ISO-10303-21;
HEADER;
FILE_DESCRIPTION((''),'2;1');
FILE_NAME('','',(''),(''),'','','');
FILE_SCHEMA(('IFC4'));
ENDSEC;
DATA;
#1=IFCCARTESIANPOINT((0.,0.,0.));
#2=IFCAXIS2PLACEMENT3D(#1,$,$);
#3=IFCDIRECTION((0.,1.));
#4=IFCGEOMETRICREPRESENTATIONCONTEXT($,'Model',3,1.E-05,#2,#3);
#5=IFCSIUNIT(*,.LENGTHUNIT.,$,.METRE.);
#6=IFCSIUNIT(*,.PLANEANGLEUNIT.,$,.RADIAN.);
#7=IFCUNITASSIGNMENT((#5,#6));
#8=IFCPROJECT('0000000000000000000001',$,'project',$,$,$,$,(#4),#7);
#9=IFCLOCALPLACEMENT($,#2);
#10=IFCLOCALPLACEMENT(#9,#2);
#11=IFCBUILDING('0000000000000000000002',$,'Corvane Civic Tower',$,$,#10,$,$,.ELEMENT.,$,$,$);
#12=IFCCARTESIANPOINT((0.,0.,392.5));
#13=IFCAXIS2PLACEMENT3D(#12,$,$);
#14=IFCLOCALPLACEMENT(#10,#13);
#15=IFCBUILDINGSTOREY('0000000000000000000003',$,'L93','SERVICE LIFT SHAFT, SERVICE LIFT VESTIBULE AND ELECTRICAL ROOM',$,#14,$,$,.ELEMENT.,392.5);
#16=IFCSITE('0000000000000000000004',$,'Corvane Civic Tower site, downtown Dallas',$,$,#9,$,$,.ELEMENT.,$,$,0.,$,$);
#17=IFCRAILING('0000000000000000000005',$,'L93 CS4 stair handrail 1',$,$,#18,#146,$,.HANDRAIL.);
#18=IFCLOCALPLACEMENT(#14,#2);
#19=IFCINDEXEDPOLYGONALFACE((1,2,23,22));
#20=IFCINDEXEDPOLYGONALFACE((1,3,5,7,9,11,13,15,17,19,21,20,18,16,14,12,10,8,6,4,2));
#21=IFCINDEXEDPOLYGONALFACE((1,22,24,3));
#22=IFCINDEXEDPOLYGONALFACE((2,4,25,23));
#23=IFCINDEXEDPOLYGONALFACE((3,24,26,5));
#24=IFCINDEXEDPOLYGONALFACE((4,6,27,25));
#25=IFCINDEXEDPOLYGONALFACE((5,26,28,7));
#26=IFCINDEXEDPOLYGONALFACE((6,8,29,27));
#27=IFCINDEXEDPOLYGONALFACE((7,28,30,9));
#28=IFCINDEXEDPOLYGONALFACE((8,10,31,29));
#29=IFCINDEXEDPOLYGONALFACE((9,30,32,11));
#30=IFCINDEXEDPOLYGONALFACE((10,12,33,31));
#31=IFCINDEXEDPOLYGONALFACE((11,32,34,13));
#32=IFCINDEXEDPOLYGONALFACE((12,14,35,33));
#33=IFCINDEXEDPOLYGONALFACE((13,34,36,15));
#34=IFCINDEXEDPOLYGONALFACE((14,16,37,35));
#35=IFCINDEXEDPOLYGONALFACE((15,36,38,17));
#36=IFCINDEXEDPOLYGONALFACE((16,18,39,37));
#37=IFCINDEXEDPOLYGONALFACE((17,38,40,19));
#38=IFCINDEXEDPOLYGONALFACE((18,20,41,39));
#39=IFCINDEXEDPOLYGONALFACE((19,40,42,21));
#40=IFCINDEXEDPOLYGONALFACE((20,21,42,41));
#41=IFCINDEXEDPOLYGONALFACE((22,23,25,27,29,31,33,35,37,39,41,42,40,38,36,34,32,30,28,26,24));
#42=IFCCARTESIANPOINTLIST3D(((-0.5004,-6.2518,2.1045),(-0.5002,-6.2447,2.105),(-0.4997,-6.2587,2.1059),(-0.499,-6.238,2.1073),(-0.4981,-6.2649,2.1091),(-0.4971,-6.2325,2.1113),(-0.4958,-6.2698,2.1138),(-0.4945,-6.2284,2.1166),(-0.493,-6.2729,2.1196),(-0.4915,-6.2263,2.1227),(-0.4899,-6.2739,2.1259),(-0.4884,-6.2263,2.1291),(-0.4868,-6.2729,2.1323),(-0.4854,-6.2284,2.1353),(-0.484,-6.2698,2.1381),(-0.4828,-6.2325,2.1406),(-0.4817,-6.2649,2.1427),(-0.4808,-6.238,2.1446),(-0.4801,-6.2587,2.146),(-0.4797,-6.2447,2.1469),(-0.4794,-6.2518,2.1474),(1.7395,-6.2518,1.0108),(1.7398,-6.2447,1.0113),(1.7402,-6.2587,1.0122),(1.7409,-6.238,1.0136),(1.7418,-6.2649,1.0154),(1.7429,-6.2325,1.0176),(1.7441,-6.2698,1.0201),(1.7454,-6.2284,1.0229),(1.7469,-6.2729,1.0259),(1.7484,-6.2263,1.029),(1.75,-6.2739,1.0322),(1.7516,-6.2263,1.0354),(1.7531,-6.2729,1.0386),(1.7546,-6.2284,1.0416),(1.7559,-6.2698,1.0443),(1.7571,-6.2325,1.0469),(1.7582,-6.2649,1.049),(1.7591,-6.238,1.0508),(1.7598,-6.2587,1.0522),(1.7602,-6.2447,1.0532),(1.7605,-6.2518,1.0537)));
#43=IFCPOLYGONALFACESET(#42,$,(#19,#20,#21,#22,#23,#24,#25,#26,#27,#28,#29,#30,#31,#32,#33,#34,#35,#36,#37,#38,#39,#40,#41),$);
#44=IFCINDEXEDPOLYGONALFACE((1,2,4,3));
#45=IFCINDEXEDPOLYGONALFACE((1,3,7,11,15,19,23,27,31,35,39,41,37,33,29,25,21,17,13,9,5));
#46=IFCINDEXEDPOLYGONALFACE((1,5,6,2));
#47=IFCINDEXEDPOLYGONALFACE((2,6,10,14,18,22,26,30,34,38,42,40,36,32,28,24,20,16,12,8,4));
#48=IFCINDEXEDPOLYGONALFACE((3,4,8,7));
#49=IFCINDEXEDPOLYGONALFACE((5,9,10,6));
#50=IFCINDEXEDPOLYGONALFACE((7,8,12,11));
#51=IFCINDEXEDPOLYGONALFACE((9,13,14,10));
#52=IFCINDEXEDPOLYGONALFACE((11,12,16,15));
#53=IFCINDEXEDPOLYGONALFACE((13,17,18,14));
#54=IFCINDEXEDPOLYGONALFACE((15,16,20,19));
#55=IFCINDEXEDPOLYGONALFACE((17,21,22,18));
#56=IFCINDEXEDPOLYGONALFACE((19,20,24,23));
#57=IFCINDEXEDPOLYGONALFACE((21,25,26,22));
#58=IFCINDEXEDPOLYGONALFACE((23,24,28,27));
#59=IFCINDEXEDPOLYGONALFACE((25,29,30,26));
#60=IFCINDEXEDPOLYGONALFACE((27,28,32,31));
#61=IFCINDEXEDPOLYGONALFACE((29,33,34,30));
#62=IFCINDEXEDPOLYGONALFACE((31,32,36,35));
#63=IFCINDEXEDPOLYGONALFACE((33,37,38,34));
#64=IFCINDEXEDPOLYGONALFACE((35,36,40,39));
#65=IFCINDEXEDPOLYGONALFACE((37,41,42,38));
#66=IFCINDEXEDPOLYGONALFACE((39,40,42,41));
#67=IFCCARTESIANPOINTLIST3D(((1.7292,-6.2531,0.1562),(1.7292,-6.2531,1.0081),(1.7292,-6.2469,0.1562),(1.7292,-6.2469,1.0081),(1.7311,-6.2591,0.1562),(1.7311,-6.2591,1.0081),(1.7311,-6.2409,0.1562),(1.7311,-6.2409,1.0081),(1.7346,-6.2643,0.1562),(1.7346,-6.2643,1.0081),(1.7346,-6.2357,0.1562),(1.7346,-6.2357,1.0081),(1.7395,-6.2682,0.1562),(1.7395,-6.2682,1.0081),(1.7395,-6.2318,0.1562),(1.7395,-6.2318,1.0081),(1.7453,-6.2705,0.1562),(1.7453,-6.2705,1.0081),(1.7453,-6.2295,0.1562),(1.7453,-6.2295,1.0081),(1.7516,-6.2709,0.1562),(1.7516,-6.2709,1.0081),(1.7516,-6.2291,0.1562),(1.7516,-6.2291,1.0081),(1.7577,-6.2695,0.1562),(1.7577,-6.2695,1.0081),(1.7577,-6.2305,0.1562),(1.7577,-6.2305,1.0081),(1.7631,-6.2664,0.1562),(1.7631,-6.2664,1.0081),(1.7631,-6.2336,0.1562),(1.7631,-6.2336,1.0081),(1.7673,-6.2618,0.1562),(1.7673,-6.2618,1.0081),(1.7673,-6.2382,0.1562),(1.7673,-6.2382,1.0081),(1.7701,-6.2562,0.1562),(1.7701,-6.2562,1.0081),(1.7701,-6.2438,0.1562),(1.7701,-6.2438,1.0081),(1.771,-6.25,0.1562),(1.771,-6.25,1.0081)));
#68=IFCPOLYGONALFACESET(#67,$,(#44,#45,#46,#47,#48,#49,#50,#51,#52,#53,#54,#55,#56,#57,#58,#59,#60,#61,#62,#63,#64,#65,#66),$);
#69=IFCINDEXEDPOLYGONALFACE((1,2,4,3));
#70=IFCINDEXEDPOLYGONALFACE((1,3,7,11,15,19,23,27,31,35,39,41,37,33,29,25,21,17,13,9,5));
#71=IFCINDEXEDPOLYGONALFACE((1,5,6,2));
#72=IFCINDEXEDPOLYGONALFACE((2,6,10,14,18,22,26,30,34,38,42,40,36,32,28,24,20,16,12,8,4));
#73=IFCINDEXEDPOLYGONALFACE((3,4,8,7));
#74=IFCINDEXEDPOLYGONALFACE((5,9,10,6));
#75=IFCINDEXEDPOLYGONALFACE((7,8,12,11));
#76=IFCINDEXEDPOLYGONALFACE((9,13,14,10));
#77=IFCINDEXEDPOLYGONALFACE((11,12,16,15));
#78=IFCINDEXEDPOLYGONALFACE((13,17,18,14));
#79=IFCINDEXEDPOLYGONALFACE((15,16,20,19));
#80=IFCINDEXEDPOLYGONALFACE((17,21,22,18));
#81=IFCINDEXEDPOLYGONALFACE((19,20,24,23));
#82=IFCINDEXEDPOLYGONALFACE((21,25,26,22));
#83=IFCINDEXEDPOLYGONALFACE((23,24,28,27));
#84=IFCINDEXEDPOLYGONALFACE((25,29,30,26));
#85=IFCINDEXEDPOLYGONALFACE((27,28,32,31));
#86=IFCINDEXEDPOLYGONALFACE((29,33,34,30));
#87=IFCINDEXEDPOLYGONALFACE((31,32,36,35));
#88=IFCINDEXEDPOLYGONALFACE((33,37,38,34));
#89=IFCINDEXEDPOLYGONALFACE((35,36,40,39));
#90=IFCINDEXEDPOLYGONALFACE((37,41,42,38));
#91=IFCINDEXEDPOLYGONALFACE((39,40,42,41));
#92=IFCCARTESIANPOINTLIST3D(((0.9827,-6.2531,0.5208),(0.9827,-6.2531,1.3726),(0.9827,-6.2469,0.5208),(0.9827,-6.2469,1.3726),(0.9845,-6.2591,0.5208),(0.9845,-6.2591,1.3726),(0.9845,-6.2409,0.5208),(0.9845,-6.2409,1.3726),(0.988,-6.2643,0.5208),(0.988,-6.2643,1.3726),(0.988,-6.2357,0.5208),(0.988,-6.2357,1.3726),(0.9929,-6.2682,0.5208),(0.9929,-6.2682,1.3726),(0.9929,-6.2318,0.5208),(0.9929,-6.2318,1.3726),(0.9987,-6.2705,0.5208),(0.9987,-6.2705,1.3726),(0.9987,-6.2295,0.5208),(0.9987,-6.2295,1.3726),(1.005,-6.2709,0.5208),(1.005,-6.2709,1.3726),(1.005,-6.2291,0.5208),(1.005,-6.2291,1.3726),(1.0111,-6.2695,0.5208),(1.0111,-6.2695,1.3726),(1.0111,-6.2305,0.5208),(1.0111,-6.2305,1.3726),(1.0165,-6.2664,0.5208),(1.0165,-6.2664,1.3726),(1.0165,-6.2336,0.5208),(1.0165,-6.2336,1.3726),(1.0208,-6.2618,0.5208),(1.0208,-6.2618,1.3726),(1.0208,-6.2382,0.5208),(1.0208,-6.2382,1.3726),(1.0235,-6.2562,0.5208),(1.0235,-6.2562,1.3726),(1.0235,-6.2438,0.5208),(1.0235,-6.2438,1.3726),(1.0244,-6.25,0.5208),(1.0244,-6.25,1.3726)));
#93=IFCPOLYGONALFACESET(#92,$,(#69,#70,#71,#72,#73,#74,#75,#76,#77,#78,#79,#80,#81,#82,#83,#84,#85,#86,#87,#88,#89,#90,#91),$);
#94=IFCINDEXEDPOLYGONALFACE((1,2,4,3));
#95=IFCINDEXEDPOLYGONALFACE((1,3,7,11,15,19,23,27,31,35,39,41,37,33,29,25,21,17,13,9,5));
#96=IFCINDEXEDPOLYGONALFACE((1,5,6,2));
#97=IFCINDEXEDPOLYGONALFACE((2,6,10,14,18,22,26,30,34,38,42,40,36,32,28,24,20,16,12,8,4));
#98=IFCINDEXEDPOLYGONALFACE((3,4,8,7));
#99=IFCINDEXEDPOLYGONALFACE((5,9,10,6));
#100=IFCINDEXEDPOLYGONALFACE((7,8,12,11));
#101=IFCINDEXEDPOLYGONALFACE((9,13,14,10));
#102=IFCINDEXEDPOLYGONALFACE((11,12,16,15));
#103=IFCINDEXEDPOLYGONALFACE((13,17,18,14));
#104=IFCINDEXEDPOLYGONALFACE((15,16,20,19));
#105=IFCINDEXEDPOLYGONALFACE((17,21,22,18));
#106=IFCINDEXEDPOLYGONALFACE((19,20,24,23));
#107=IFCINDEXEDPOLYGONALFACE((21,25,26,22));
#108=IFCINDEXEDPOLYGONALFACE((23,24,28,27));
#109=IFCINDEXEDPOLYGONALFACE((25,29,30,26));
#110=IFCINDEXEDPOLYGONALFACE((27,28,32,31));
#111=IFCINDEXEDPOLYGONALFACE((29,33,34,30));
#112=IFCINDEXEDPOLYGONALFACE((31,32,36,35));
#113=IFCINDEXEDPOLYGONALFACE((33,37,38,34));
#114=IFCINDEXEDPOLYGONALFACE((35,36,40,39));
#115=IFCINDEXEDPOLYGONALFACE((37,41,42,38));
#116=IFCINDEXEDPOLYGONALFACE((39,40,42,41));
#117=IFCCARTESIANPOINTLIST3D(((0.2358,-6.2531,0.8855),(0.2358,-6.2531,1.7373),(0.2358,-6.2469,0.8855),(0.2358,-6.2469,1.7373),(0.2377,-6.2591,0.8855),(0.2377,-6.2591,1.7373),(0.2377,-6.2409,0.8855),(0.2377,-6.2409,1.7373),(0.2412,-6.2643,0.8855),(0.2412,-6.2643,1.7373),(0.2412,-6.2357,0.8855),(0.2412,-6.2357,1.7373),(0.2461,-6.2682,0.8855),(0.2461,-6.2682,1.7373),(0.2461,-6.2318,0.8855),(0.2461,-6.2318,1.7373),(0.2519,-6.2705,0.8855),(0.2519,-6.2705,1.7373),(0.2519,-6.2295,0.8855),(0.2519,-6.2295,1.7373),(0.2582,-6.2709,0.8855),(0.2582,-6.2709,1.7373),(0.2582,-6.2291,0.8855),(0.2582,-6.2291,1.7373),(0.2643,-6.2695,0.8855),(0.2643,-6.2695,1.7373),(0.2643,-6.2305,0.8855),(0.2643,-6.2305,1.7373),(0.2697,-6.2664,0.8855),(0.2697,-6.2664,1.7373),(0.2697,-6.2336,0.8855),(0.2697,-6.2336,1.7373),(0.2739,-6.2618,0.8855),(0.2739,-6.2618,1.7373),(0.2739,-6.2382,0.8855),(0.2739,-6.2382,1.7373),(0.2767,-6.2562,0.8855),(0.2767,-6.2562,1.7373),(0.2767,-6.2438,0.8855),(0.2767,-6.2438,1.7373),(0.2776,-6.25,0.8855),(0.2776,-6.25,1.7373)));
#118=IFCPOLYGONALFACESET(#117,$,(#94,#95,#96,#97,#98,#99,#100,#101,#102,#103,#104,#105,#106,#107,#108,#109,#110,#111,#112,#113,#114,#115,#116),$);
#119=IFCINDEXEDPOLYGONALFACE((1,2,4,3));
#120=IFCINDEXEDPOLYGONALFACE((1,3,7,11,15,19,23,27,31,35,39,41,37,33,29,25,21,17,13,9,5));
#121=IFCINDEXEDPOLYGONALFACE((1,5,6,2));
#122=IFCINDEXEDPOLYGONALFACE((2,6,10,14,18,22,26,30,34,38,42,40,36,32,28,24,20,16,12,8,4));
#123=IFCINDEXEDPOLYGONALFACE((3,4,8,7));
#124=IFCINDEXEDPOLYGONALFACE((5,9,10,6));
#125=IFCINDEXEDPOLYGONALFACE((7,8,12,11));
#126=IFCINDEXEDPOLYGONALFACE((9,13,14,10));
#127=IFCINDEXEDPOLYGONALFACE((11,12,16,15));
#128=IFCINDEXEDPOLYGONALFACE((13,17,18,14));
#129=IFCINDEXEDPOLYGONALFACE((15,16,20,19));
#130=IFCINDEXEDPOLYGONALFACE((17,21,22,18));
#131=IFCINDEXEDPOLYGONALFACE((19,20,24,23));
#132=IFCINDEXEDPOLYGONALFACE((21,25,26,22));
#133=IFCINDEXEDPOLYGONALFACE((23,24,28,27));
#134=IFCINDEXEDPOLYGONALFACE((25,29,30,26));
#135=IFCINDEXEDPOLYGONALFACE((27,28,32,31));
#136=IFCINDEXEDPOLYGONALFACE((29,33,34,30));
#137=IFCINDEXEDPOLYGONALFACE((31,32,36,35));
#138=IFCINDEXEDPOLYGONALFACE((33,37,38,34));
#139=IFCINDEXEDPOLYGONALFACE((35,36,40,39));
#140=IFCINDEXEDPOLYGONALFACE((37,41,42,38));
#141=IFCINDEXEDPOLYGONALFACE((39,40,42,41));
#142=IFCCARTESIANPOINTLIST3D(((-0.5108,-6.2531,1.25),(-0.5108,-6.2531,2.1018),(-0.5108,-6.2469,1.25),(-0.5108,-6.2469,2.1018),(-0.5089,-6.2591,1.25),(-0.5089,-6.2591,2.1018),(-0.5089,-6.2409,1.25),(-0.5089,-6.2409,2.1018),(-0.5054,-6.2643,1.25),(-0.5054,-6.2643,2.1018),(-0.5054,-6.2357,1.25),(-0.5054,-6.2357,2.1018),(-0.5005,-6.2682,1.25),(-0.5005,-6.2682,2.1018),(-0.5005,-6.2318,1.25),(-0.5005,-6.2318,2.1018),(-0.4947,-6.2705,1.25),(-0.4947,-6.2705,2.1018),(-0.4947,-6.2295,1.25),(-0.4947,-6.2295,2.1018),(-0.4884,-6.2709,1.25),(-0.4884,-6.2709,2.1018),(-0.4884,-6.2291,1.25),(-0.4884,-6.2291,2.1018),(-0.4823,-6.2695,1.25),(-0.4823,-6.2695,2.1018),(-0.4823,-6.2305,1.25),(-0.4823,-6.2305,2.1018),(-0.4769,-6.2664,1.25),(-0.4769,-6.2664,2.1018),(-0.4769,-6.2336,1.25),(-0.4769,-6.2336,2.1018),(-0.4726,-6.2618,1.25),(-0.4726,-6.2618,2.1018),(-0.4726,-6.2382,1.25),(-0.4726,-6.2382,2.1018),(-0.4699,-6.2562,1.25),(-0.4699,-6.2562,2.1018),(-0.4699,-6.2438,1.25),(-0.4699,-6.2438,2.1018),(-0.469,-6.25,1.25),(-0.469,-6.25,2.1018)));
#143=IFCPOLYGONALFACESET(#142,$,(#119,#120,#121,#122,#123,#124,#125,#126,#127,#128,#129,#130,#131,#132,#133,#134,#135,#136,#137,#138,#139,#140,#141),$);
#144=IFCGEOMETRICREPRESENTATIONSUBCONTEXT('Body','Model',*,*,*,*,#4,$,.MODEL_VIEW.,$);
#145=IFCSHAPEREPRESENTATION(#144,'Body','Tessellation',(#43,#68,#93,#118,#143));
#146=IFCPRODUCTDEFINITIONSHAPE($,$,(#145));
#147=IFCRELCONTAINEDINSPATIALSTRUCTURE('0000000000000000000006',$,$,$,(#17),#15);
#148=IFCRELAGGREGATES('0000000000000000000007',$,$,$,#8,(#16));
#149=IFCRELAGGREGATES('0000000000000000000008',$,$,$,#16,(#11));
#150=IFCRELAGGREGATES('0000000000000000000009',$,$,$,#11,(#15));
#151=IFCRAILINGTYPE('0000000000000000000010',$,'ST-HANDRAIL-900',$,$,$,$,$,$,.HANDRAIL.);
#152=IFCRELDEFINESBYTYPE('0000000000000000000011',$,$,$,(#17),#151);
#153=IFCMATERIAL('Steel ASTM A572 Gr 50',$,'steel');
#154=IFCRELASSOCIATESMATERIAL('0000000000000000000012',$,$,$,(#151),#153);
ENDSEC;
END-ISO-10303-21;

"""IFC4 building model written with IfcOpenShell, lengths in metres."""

from ifc_helpers import new_model, si_unit, direction, frame, origin, origin_2d, place, context, subcontext, project, spatial, circle, extrude, material, type_object, element, save


model = new_model("IFC4")

# Units and contexts
model_context = context("Model", 3, precision=1e-05, world=origin(), true_north=direction((0.0, 1.0)))
body_context = subcontext(model_context, "Body", "Model", "MODEL_VIEW")
ifc_project = project(units=[si_unit("LENGTHUNIT", "METRE"), si_unit("PLANEANGLEUNIT", "RADIAN")], contexts=[model_context])

# Site, building, storey
site_placement = place(None, origin())
site = spatial("IfcSite", under=ifc_project, at=site_placement, Name="Corvane Civic Tower site, downtown Dallas", CompositionType="ELEMENT", RefElevation=0.0)
building_placement = place(site_placement, origin())
building = spatial("IfcBuilding", under=site, at=building_placement, Name="Corvane Civic Tower", CompositionType="ELEMENT")
storey_placement = place(building_placement, frame((0.0, 0.0, 392.5)))
storey = spatial("IfcBuildingStorey", under=building, at=storey_placement, Name="L93", Description="SERVICE LIFT SHAFT, SERVICE LIFT VESTIBULE AND ELECTRICAL ROOM", CompositionType="ELEMENT", Elevation=392.5)

# Railing
ifc_material_1 = material(Name="Steel ASTM A572 Gr 50", Category="steel")
railing_type_1 = type_object("IfcRailingType", Name="ST-HANDRAIL-900", PredefinedType="HANDRAIL", material=ifc_material_1)
for number, where, name in (
    (1, (1.75, -6.25, 0.1562), "L93 CS4 stair handrail 1"),
):
    element("IfcRailing", number, at=place(storey_placement, frame(where)), inside=storey, type_object=railing_type_1, Name=name, PredefinedType="HANDRAIL", context=body_context, shape_type="SweptSolid", body=[
        extrude(circle(Radius=0.0239, at=origin_2d()), frame((0.0, 0.0, 0.876), z_axis=(-0.898599, 0.0, 0.438771), x_axis=(0.0, -1.0, 0.0)), (0.0, 0.0, 1.0), 2.4927),
        extrude(circle(Radius=0.021, at=origin_2d()), origin(), (0.0, 0.0, 1.0), 0.8518),
        extrude(circle(Radius=0.021, at=origin_2d()), frame((-0.7466, 0.0, 0.3645)), (0.0, 0.0, 1.0), 0.8518),
        extrude(circle(Radius=0.021, at=origin_2d()), frame((-1.4934, 0.0, 0.7292)), (0.0, 0.0, 1.0), 0.8518),
        extrude(circle(Radius=0.021, at=origin_2d()), frame((-2.24, 0.0, 1.0938)), (0.0, 0.0, 1.0), 0.8518),
    ])

save(model, "model.ifc")
